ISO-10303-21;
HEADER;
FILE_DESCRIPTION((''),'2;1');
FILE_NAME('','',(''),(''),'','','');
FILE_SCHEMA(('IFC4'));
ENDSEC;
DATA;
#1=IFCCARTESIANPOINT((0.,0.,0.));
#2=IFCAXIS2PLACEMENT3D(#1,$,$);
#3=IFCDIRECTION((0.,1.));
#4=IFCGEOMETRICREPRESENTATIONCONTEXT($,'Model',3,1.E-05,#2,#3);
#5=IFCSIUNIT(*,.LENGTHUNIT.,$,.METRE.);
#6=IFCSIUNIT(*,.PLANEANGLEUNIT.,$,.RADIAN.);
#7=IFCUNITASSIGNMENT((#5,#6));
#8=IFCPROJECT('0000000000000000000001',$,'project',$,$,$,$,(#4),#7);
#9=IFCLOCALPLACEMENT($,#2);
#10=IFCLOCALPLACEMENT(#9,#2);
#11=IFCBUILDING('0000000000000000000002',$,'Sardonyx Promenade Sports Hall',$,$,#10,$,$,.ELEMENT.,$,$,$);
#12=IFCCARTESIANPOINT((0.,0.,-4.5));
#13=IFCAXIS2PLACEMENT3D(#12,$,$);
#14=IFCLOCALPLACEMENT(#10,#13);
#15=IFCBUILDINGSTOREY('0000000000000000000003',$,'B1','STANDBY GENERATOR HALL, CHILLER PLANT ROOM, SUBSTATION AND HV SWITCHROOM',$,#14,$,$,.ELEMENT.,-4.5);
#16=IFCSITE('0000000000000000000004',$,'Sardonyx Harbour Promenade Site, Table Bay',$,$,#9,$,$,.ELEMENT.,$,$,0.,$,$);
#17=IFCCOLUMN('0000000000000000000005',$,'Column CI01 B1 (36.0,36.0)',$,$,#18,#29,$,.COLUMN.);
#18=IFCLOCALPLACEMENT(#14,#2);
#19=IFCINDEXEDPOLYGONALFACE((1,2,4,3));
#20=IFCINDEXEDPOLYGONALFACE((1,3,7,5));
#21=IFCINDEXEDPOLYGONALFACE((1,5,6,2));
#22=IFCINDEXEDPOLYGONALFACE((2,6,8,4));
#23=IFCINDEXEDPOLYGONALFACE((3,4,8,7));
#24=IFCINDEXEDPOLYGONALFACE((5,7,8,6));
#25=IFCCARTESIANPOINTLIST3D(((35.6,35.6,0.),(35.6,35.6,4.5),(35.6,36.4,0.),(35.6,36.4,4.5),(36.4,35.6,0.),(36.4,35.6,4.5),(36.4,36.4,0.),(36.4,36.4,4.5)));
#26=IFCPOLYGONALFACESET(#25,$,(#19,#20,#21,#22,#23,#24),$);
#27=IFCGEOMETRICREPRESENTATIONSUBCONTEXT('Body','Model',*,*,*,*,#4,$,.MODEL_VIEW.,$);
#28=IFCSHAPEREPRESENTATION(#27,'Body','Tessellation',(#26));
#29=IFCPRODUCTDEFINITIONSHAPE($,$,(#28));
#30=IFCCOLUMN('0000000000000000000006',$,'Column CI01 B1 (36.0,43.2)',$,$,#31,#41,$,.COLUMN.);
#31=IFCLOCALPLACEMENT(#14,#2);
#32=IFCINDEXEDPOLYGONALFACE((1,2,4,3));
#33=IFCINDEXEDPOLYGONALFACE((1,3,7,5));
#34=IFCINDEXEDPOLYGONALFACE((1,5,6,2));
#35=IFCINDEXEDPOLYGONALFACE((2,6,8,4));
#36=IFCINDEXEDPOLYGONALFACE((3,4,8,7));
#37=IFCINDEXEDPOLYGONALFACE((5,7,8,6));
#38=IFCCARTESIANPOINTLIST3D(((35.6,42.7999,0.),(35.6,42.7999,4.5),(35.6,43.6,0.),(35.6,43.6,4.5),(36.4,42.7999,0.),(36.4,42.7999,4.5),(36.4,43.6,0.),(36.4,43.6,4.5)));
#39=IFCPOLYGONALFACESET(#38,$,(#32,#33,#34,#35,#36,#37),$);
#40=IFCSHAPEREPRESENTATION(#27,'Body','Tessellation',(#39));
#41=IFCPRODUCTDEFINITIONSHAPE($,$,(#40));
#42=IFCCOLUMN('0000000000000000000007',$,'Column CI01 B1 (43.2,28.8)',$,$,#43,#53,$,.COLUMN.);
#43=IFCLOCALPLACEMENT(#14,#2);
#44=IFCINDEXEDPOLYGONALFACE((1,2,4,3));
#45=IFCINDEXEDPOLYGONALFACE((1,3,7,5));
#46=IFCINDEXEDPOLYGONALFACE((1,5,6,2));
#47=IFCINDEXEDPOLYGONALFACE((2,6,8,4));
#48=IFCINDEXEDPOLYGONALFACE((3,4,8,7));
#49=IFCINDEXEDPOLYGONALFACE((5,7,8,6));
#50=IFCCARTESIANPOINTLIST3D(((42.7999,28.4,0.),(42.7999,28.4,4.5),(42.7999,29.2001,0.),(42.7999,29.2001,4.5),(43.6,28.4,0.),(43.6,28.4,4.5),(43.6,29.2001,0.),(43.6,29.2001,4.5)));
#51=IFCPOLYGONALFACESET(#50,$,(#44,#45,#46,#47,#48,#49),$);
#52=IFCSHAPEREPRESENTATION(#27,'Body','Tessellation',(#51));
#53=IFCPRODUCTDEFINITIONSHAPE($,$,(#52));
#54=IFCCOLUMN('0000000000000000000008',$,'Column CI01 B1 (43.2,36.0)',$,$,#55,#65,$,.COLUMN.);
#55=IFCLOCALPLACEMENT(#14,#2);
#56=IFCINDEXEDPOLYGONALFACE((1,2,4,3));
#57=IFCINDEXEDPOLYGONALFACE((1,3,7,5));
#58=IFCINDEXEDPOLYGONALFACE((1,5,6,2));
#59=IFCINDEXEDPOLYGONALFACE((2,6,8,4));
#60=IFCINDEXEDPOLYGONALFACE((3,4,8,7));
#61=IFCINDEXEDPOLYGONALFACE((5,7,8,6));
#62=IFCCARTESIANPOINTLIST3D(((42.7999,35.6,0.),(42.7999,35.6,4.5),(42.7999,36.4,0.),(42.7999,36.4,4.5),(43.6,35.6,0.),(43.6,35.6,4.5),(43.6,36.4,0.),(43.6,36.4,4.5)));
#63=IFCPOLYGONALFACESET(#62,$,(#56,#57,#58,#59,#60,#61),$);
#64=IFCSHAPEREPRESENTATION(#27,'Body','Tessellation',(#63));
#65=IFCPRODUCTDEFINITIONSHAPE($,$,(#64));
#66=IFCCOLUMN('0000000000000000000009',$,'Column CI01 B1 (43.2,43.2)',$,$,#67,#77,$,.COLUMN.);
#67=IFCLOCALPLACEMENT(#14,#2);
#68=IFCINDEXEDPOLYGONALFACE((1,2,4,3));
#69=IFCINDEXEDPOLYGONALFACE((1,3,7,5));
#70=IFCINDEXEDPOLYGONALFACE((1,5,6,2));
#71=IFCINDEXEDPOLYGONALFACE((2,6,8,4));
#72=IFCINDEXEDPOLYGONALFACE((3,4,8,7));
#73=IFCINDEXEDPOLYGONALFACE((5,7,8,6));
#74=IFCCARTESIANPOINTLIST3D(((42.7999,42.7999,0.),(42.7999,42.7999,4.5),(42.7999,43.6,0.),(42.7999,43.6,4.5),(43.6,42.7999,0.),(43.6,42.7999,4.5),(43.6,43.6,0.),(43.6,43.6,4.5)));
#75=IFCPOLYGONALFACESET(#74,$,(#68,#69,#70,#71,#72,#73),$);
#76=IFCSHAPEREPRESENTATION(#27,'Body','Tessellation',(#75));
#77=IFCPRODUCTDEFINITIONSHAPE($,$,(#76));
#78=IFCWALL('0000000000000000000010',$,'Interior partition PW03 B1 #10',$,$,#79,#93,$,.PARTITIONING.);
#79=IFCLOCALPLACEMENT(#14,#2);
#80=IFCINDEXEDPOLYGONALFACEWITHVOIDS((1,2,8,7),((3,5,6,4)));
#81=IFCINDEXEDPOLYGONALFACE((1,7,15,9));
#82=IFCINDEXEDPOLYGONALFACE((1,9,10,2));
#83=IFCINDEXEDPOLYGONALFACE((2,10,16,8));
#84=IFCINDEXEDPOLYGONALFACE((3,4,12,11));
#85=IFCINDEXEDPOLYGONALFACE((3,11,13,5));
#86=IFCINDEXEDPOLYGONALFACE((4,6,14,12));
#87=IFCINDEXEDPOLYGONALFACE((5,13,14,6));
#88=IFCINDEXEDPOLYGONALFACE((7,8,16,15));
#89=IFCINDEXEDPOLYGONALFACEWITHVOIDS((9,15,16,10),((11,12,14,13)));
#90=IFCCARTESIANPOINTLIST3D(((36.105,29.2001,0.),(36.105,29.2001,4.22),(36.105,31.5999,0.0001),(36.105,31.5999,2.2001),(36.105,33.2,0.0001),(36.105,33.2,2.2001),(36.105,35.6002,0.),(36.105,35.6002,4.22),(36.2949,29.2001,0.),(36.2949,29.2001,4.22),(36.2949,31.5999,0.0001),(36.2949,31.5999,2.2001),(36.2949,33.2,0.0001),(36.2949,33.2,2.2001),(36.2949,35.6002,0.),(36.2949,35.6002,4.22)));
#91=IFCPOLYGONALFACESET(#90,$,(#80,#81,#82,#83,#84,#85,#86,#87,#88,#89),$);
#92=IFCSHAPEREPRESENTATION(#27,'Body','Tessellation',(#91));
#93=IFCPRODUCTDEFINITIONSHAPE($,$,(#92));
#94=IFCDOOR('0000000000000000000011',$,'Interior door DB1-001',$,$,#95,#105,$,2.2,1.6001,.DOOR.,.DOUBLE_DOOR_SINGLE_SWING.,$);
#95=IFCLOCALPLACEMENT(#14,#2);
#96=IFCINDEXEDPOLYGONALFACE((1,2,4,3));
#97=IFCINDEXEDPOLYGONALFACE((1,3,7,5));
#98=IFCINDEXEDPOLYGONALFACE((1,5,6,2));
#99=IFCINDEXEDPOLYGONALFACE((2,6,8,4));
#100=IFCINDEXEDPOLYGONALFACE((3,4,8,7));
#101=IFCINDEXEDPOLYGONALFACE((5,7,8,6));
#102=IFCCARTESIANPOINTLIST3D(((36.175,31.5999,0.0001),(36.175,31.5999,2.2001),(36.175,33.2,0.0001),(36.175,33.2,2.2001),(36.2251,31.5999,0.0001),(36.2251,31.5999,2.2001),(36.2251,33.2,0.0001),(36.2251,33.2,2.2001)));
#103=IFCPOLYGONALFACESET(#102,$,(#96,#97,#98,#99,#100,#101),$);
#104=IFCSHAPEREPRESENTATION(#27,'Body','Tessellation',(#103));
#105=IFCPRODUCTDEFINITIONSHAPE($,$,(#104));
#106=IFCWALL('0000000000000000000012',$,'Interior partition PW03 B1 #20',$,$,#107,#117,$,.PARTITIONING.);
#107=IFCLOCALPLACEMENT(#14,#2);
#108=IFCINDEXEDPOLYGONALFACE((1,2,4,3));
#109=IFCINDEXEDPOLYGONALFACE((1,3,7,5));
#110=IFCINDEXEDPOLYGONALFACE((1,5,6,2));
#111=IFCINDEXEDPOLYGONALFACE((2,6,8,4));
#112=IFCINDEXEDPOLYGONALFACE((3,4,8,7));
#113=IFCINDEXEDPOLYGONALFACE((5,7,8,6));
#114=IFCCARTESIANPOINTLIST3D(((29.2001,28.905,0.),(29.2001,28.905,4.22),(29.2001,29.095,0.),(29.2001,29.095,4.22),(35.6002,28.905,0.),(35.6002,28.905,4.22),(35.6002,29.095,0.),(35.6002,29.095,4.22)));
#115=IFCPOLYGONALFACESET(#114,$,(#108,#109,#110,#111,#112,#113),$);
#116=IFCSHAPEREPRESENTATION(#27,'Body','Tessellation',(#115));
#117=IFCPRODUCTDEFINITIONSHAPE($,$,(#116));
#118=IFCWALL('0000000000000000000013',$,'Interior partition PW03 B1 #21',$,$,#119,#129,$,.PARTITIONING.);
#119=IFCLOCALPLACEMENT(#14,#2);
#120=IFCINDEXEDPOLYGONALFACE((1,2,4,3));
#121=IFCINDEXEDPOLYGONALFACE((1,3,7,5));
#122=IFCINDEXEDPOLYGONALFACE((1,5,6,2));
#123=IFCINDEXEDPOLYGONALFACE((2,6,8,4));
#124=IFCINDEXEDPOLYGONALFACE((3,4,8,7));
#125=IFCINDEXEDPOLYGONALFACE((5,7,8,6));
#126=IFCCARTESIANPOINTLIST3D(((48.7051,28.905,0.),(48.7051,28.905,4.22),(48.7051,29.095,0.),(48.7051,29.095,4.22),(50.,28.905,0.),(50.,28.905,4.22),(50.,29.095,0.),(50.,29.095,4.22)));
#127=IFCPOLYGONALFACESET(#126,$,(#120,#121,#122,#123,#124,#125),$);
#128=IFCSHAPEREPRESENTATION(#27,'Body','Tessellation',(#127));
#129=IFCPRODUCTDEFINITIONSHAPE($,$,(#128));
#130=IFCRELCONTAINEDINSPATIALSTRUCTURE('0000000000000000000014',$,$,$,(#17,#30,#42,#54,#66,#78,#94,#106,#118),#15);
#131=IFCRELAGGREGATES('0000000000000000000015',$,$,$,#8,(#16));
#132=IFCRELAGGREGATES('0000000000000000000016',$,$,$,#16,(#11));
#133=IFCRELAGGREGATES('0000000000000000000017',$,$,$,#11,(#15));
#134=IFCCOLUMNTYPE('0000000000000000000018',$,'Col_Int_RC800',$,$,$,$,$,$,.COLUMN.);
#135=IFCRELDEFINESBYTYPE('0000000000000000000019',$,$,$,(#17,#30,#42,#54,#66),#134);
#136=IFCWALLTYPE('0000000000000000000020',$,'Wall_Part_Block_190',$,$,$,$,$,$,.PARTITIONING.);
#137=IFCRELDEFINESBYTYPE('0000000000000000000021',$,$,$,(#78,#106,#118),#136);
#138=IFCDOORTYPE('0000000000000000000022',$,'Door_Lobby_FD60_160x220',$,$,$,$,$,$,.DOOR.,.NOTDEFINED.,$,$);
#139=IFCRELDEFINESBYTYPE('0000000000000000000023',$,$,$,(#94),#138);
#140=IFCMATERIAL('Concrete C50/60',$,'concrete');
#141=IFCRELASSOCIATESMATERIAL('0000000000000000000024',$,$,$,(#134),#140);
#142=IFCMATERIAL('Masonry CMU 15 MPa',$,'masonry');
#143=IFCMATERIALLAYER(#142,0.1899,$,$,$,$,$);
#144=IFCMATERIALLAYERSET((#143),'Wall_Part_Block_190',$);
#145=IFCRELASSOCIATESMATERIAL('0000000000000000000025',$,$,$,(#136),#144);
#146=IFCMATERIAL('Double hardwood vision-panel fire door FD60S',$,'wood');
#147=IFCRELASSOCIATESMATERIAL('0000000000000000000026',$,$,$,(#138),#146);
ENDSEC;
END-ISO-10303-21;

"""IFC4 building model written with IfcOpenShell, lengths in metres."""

from ifc_helpers import new_model, si_unit, direction, frame, frame_2d, origin, origin_2d, place, context, subcontext, project, spatial, rectangle, extrude, material, layer, layer_set, material_profile, profile_set, type_object, element, fill, save


model = new_model("IFC4")

# Units and contexts
model_context = context("Model", 3, precision=1e-05, world=origin(), true_north=direction((0.0, 1.0)))
body_context = subcontext(model_context, "Body", "Model", "MODEL_VIEW")
ifc_project = project(units=[si_unit("LENGTHUNIT", "METRE"), si_unit("PLANEANGLEUNIT", "RADIAN")], contexts=[model_context])

# Site, building, storey
site_placement = place(None, origin())
site = spatial("IfcSite", under=ifc_project, at=site_placement, Name="Sardonyx Harbour Promenade Site, Table Bay", CompositionType="ELEMENT", RefElevation=0.0)
building_placement = place(site_placement, origin())
building = spatial("IfcBuilding", under=site, at=building_placement, Name="Sardonyx Promenade Sports Hall", CompositionType="ELEMENT")
storey_placement = place(building_placement, frame((0.0, 0.0, -4.5)))
storey = spatial("IfcBuildingStorey", under=building, at=storey_placement, Name="B1", Description="STANDBY GENERATOR HALL, CHILLER PLANT ROOM, SUBSTATION AND HV SWITCHROOM", CompositionType="ELEMENT", Elevation=-4.5)

# Columns
ifc_material_1 = material(Name="Concrete C50/60", Category="concrete")
ifc_material_profile_1 = material_profile(ifc_material_1, rectangle(XDim=0.8, YDim=0.8, at=origin_2d()))
ifc_profile_set_1 = profile_set([ifc_material_profile_1], Name="Concrete C50/60")
column_type = type_object("IfcColumnType", Name="Col_Int_RC800", PredefinedType="COLUMN", material=ifc_profile_set_1)
for number, where, z_axis, x_axis, name in (
    (1, (36.0, 36.0, 0.0), (0.0, 0.0, 1.0), (1.0, 0.0, 0.0), "Column CI01 B1 (36.0,36.0)"),
    (2, (36.0, 43.2, 0.0), (0.0, 0.0, 1.0), (1.0, 0.0, 0.0), "Column CI01 B1 (36.0,43.2)"),
    (3, (43.2, 28.8, 0.0), (0.0, 0.0, 1.0), (1.0, 0.0, 0.0), "Column CI01 B1 (43.2,28.8)"),
    (4, (43.2, 36.0, 0.0), (0.0, 0.0, 1.0), (1.0, 0.0, 0.0), "Column CI01 B1 (43.2,36.0)"),
    (5, (43.2, 43.2, 0.0), (0.0, 0.0, 1.0), (1.0, 0.0, 0.0), "Column CI01 B1 (43.2,43.2)"),
):
    element("IfcColumn", number, at=place(storey_placement, frame(where, z_axis=z_axis, x_axis=x_axis)), inside=storey, type_object=column_type, Name=name, PredefinedType="COLUMN", context=body_context, shape_type="SweptSolid", body=[
        extrude(rectangle(XDim=0.8, YDim=0.8, at=origin_2d()), origin(), (0.0, 0.0, 1.0), 4.5),
    ])

# Wall, opening, door
ifc_material_2 = material(Name="Masonry CMU 15 MPa", Category="masonry")
ifc_layer = layer(ifc_material_2, 0.1899)
ifc_layer_set = layer_set([ifc_layer], Name="Wall_Part_Block_190")
wall_type = type_object("IfcWallType", Name="Wall_Part_Block_190", PredefinedType="PARTITIONING", material=ifc_layer_set)
wall_1_placement = place(storey_placement, frame((36.2, 29.2, 0.0), z_axis=(0.0, 0.0, 1.0), x_axis=(0.0, 1.0, 0.0)))
wall_1 = element("IfcWall", 6, at=wall_1_placement, inside=storey, type_object=wall_type, Name="Interior partition PW03 B1 #10", PredefinedType="PARTITIONING", context=body_context, shape_type="SweptSolid", body=[
    extrude(rectangle(XDim=6.4001, YDim=0.1899, at=frame_2d((3.2002, 0.0))), origin(), (0.0, 0.0, 1.0), 4.22),
])
opening_1_placement = place(wall_1_placement, frame((2.3999, 0.0, 0.0)))
opening_1 = element("IfcOpeningElement", 7, at=opening_1_placement, cuts=wall_1, PredefinedType="OPENING", context=body_context, shape_type="SweptSolid", body=[
    extrude(rectangle(XDim=1.6001, YDim=2.2, at=frame_2d((0.8, 1.1001))), frame((0.0, 0.105, 0.0), z_axis=(0.0, -1.0, 0.0), x_axis=(1.0, 0.0, 0.0)), (0.0, 0.0, 1.0), 0.21),
])
ifc_material_3 = material(Name="Double hardwood vision-panel fire door FD60S", Category="wood")
door_type_1 = type_object("IfcDoorType", Name="Door_Lobby_FD60_160x220", OperationType="NOTDEFINED", PredefinedType="DOOR", material=ifc_material_3)
door_1_placement = place(opening_1_placement, origin())
door_1 = element("IfcDoor", 8, at=door_1_placement, inside=storey, type_object=door_type_1, Name="Interior door DB1-001", OperationType="DOUBLE_DOOR_SINGLE_SWING", OverallHeight=2.2, OverallWidth=1.6001, PredefinedType="DOOR", context=body_context, shape_type="SweptSolid", body=[
    extrude(rectangle(XDim=1.6001, YDim=2.2, at=frame_2d((0.8, 1.1001))), frame((0.0, 0.0249, 0.0), z_axis=(0.0, -1.0, 0.0), x_axis=(1.0, 0.0, 0.0)), (0.0, 0.0, 1.0), 0.05),
])
fill(opening_1, door_1)

# Walls
wall_2_placement = place(storey_placement, frame((29.2, 29.0, 0.0), z_axis=(0.0, 0.0, 1.0), x_axis=(1.0, 0.0, 0.0)))
element("IfcWall", 9, at=wall_2_placement, inside=storey, type_object=wall_type, Name="Interior partition PW03 B1 #20", PredefinedType="PARTITIONING", context=body_context, shape_type="SweptSolid", body=[
    extrude(rectangle(XDim=6.4001, YDim=0.1899, at=frame_2d((3.2002, 0.0))), origin(), (0.0, 0.0, 1.0), 4.22),
])
wall_3_placement = place(storey_placement, frame((48.7051, 29.0, 0.0), z_axis=(0.0, 0.0, 1.0), x_axis=(1.0, 0.0, 0.0)))
element("IfcWall", 10, at=wall_3_placement, inside=storey, type_object=wall_type, Name="Interior partition PW03 B1 #21", PredefinedType="PARTITIONING", context=body_context, shape_type="SweptSolid", body=[
    extrude(rectangle(XDim=1.2949, YDim=0.1899, at=frame_2d((0.6475, 0.0))), origin(), (0.0, 0.0, 1.0), 4.22),
])

save(model, "model.ifc")
